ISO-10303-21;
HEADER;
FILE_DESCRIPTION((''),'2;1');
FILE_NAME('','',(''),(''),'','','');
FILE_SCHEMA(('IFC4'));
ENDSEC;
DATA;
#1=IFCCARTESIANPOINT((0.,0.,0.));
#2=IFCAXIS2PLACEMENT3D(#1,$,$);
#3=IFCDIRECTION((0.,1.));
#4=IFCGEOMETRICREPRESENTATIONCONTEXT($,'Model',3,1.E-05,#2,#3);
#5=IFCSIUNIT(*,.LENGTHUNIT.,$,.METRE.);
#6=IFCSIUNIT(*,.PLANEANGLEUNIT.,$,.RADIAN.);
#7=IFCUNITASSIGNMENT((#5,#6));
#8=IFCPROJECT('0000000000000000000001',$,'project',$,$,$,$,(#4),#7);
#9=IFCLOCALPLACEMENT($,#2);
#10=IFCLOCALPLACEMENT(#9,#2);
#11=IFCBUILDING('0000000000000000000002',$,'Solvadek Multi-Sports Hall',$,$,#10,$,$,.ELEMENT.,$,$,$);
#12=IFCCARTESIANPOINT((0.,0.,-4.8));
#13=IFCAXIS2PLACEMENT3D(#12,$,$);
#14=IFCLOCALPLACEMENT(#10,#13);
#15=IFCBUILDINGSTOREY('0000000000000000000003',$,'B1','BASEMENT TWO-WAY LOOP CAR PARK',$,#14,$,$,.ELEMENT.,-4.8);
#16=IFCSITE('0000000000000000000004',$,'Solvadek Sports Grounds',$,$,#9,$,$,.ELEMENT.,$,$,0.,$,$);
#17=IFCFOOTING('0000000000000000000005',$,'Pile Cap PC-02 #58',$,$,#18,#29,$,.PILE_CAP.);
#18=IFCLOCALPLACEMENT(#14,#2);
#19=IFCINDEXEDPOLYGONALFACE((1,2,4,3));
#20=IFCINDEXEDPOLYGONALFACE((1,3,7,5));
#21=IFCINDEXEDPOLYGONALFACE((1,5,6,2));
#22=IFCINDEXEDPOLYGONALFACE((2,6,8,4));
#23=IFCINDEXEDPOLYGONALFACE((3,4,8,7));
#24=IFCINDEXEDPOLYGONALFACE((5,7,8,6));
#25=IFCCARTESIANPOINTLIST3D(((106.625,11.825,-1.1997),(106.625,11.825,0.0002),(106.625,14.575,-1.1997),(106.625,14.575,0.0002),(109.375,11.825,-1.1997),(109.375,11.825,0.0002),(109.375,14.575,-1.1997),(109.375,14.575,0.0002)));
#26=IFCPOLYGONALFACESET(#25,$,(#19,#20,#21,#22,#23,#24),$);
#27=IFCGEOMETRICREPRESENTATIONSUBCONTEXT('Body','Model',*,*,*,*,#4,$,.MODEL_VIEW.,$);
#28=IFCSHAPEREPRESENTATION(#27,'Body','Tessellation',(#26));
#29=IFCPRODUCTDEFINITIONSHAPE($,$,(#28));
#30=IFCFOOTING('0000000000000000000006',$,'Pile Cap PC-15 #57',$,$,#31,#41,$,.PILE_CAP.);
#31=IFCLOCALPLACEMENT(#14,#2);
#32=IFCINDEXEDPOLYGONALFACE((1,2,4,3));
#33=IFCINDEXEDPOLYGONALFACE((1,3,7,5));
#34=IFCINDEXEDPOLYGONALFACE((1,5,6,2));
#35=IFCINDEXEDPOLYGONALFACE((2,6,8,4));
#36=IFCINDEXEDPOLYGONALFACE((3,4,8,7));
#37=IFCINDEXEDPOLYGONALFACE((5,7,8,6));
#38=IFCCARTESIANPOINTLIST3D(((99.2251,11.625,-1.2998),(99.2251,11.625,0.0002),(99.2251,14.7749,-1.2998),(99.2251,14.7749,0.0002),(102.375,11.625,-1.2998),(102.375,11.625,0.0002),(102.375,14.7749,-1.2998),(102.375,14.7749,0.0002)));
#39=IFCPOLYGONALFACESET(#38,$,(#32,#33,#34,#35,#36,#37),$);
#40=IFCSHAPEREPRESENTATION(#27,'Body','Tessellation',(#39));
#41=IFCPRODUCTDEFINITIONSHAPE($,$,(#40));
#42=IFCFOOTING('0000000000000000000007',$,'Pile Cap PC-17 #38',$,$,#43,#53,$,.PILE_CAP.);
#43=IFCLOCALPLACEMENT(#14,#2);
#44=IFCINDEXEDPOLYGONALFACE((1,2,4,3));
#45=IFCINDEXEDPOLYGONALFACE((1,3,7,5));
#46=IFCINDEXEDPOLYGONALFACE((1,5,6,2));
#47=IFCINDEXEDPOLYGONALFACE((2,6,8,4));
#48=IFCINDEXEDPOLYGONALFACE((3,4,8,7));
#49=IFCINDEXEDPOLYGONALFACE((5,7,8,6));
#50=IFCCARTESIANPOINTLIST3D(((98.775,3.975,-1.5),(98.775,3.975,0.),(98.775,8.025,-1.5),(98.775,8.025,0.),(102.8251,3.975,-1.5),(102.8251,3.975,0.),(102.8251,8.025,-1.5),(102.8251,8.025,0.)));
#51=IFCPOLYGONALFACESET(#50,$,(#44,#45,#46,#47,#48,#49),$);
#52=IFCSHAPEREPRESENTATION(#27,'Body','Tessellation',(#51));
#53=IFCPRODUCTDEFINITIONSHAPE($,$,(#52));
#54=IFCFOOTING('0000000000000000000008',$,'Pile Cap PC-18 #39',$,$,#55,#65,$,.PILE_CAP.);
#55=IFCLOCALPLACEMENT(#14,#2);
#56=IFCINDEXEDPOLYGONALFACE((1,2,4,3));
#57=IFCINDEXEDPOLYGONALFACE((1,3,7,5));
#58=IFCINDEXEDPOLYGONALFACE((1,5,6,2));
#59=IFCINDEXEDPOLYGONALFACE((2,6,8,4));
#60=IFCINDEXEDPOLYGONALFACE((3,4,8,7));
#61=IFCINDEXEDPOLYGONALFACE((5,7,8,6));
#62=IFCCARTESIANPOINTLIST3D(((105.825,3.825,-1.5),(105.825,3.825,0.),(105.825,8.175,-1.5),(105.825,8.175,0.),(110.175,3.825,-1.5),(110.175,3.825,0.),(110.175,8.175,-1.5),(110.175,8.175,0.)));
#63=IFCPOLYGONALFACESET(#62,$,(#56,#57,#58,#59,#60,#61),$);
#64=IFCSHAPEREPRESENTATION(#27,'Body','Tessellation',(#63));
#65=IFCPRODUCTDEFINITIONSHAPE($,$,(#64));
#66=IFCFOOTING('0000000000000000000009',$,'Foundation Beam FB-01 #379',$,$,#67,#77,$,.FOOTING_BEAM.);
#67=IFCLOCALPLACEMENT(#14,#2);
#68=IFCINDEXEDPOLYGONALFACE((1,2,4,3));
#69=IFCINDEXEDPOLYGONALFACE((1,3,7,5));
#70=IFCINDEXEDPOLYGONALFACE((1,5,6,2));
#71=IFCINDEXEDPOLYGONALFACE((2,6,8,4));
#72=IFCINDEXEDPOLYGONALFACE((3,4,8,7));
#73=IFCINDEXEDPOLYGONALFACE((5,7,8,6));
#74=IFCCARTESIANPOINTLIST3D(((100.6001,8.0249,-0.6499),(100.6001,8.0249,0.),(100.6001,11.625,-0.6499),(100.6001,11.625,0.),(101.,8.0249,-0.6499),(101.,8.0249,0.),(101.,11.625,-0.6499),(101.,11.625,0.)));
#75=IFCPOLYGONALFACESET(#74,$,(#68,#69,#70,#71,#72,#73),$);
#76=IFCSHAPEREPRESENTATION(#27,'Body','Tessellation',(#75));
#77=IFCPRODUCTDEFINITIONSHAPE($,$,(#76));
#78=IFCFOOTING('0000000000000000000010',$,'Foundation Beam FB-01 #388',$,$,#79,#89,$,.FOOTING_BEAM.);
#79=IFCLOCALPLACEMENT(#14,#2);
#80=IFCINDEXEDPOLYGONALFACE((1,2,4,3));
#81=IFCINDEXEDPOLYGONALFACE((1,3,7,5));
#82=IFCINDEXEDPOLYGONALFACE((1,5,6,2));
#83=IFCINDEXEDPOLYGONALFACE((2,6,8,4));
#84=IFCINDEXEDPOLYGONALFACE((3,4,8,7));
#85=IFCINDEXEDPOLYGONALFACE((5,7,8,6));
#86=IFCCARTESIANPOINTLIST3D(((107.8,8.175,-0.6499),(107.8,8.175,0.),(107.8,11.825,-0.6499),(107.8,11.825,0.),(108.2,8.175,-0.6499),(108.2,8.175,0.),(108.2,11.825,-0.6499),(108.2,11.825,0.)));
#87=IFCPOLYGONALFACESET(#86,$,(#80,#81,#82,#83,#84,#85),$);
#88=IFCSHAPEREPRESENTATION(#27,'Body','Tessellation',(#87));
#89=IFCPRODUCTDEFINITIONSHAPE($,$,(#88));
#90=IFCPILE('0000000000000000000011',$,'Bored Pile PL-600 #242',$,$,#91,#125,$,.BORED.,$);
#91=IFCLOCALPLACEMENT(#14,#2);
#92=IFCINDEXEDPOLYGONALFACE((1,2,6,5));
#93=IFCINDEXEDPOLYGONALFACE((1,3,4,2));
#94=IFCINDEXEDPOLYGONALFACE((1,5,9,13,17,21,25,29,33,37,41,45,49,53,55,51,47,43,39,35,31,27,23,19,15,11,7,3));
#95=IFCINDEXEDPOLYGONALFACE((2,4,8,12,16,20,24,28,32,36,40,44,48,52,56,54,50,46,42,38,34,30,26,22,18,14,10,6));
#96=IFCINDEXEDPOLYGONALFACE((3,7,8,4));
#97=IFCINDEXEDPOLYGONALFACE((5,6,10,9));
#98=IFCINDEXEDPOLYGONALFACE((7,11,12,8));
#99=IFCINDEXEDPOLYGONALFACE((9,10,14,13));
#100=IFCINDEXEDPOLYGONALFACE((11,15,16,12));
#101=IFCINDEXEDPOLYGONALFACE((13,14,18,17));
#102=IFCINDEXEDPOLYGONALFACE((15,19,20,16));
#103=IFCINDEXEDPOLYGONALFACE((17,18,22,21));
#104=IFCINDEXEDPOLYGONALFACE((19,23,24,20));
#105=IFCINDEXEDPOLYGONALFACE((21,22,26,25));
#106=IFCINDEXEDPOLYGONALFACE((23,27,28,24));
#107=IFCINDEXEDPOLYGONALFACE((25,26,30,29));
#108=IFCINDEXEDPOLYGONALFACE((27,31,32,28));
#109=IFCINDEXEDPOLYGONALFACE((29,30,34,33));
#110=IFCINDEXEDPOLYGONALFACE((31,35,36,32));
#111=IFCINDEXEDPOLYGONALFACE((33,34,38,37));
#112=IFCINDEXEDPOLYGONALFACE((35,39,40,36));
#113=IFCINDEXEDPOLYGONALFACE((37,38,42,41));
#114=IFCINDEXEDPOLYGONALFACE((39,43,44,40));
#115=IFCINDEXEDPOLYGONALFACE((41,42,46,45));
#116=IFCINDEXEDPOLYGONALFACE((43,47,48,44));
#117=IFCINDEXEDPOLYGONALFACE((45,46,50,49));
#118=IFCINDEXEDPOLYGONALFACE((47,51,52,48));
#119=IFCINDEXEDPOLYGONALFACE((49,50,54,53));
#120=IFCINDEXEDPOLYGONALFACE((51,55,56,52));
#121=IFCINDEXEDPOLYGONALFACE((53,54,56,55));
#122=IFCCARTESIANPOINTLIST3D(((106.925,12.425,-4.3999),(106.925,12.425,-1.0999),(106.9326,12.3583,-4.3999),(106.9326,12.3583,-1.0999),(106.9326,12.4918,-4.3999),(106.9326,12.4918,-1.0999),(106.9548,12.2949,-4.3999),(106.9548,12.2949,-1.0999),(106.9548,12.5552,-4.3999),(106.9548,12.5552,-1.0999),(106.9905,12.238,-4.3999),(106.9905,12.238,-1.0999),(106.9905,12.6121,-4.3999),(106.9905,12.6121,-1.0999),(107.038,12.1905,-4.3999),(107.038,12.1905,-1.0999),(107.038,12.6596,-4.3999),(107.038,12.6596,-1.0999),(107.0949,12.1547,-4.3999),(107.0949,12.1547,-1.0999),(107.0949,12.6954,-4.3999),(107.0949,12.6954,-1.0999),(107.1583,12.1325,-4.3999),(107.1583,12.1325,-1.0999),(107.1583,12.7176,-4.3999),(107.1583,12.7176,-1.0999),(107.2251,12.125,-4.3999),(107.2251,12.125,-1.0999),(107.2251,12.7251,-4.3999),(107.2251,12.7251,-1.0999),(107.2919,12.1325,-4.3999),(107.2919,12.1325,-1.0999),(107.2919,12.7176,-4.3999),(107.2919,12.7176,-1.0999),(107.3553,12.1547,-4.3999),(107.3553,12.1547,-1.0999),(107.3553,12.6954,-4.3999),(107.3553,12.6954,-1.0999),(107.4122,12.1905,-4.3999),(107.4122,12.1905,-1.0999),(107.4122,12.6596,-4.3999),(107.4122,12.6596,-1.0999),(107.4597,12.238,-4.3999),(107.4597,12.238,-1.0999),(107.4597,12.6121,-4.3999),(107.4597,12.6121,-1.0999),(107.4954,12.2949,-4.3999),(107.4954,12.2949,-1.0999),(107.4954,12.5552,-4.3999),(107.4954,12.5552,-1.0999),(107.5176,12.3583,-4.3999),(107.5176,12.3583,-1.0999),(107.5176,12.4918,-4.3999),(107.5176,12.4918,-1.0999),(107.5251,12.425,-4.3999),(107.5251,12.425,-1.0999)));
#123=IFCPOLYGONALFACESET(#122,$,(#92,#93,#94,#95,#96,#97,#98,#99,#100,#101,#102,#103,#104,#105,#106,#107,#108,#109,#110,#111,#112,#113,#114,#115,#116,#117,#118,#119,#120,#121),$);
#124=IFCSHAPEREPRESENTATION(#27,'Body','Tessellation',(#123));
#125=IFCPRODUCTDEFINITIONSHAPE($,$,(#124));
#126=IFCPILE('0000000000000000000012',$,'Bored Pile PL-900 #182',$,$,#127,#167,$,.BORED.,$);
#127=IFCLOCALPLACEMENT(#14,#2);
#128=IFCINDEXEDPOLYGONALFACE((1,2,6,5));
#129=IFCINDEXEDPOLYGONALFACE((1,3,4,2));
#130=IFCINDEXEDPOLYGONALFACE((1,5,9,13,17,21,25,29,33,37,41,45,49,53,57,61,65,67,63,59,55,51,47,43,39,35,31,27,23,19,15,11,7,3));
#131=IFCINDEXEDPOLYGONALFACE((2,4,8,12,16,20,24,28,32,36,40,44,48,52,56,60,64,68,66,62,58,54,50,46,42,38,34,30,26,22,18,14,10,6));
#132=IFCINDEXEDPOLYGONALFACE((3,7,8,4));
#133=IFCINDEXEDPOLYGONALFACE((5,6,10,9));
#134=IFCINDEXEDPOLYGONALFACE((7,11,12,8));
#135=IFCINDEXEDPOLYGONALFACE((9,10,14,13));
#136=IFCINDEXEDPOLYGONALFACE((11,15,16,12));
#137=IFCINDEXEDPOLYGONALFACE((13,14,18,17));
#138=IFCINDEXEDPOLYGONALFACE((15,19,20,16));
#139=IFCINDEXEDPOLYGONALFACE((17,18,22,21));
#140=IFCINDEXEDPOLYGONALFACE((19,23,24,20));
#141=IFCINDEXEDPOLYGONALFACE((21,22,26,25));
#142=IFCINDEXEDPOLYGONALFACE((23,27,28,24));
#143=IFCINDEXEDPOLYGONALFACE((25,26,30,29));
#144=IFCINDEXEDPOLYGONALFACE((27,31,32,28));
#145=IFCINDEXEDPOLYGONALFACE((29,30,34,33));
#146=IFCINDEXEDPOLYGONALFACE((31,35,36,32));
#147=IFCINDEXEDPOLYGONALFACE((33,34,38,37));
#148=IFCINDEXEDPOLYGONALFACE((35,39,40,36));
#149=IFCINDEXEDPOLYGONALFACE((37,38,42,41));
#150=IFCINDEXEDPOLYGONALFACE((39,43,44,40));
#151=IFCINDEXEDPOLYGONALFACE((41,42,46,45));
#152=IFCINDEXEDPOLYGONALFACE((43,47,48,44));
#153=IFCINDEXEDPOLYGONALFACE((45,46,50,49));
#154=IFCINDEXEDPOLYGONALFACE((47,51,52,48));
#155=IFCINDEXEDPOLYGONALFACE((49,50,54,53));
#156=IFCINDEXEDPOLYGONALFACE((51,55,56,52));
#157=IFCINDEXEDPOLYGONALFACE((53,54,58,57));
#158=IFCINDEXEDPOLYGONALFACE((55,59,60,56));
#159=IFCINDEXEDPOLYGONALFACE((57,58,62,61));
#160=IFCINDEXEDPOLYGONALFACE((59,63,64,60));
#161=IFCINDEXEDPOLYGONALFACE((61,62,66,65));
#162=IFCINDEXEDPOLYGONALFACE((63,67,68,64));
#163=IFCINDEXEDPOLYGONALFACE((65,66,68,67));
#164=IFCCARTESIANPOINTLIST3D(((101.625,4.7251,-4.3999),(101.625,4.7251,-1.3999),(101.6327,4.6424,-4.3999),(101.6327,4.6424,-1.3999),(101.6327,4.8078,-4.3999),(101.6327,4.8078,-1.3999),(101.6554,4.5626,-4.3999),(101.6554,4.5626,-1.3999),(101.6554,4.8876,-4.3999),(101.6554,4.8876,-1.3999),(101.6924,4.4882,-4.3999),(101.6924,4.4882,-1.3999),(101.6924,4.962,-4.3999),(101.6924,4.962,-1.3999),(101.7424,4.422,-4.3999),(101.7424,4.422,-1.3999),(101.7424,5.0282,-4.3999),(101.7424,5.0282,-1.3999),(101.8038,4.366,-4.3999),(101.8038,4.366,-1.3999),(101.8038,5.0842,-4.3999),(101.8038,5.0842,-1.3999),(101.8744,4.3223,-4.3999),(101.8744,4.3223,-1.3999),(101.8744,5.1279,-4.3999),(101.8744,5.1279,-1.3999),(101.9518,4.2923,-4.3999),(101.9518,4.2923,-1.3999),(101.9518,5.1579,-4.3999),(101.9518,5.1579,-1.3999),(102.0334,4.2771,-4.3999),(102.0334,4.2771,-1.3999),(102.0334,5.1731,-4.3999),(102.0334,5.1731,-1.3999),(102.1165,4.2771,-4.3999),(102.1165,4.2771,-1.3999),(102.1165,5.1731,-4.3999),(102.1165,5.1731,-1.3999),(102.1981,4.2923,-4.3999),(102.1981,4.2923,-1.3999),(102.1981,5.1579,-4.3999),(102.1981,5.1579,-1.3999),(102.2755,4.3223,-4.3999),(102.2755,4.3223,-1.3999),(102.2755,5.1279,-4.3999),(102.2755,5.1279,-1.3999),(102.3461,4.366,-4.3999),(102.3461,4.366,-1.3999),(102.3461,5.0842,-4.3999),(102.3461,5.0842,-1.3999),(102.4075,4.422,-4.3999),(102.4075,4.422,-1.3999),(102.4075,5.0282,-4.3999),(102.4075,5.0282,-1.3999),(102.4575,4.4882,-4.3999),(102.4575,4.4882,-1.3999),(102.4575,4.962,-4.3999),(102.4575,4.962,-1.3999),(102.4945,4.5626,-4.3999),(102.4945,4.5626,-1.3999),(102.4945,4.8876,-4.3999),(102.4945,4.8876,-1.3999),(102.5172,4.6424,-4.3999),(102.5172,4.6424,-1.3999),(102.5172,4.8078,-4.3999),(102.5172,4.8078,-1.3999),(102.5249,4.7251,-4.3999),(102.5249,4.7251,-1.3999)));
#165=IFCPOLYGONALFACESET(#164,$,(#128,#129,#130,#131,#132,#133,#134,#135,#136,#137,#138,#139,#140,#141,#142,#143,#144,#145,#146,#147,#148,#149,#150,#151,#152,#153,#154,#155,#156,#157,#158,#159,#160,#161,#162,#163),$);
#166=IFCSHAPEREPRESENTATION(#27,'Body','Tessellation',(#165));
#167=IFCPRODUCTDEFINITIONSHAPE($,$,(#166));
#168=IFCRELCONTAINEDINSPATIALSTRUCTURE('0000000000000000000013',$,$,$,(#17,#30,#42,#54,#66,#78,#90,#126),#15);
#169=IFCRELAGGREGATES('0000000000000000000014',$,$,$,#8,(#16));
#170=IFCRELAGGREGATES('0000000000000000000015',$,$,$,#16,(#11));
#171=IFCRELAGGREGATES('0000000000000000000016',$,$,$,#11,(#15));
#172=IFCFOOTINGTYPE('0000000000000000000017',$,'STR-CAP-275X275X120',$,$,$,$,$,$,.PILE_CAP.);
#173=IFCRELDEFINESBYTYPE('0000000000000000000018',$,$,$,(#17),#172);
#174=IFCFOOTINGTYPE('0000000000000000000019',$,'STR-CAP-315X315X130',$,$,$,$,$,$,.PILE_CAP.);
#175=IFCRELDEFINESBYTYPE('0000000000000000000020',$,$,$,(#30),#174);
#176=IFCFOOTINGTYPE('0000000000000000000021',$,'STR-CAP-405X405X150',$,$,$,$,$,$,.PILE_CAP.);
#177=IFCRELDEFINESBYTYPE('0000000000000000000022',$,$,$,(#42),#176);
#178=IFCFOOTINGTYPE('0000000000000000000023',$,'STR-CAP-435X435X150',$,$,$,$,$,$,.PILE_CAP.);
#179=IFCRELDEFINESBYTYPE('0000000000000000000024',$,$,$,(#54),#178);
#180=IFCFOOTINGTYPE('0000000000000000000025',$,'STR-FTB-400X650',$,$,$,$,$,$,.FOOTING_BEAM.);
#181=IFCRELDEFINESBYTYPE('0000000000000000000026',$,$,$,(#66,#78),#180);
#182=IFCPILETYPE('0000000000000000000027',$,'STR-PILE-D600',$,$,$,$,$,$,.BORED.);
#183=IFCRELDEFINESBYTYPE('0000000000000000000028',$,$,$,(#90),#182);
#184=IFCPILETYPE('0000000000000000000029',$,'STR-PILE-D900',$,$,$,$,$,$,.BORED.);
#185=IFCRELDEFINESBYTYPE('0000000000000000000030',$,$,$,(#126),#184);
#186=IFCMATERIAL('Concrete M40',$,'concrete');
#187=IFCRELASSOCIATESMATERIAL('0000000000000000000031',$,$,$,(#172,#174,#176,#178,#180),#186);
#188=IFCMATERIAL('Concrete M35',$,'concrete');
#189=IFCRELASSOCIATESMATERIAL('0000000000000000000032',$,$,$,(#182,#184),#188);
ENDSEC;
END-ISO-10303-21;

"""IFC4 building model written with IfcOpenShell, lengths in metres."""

from ifc_helpers import new_model, si_unit, direction, frame, origin, origin_2d, place, context, subcontext, project, spatial, rectangle, circle, extrude, material, material_profile, profile_set, type_object, element, save


model = new_model("IFC4")

# Units and contexts
model_context = context("Model", 3, precision=1e-05, world=origin(), true_north=direction((0.0, 1.0)))
body_context = subcontext(model_context, "Body", "Model", "MODEL_VIEW")
ifc_project = project(units=[si_unit("LENGTHUNIT", "METRE"), si_unit("PLANEANGLEUNIT", "RADIAN")], contexts=[model_context])

# Site, building, storey
site_placement = place(None, origin())
site = spatial("IfcSite", under=ifc_project, at=site_placement, Name="Solvadek Sports Grounds", CompositionType="ELEMENT", RefElevation=0.0)
building_placement = place(site_placement, origin())
building = spatial("IfcBuilding", under=site, at=building_placement, Name="Solvadek Multi-Sports Hall", CompositionType="ELEMENT")
storey_placement = place(building_placement, frame((0.0, 0.0, -4.8)))
storey = spatial("IfcBuildingStorey", under=building, at=storey_placement, Name="B1", Description="BASEMENT TWO-WAY LOOP CAR PARK", CompositionType="ELEMENT", Elevation=-4.8)

# Footings
ifc_material_1 = material(Name="Concrete M40", Category="concrete")
footing_type_1 = type_object("IfcFootingType", Name="STR-CAP-275X275X120", PredefinedType="PILE_CAP", material=ifc_material_1)
footing_1_placement = place(storey_placement, frame((108.0, 13.2, -1.1997), z_axis=(0.0, 0.0, 1.0), x_axis=(1.0, 0.0, 0.0)))
element("IfcFooting", 1, at=footing_1_placement, inside=storey, type_object=footing_type_1, Name="Pile Cap PC-02 #58", PredefinedType="PILE_CAP", context=body_context, shape_type="SweptSolid", body=[
    extrude(rectangle(XDim=2.75, YDim=2.75, at=origin_2d()), origin(), (0.0, 0.0, 1.0), 1.2),
])
footing_type_2 = type_object("IfcFootingType", Name="STR-CAP-315X315X130", PredefinedType="PILE_CAP", material=ifc_material_1)
footing_2_placement = place(storey_placement, frame((100.8, 13.2, -1.2998), z_axis=(0.0, 0.0, 1.0), x_axis=(1.0, 0.0, 0.0)))
element("IfcFooting", 2, at=footing_2_placement, inside=storey, type_object=footing_type_2, Name="Pile Cap PC-15 #57", PredefinedType="PILE_CAP", context=body_context, shape_type="SweptSolid", body=[
    extrude(rectangle(XDim=3.1499, YDim=3.1499, at=origin_2d()), origin(), (0.0, 0.0, 1.0), 1.3),
])
footing_type_3 = type_object("IfcFootingType", Name="STR-CAP-405X405X150", PredefinedType="PILE_CAP", material=ifc_material_1)
footing_3_placement = place(storey_placement, frame((100.8, 6.0, -1.5), z_axis=(0.0, 0.0, 1.0), x_axis=(1.0, 0.0, 0.0)))
element("IfcFooting", 3, at=footing_3_placement, inside=storey, type_object=footing_type_3, Name="Pile Cap PC-17 #38", PredefinedType="PILE_CAP", context=body_context, shape_type="SweptSolid", body=[
    extrude(rectangle(XDim=4.05, YDim=4.05, at=origin_2d()), origin(), (0.0, 0.0, 1.0), 1.5),
])
footing_type_4 = type_object("IfcFootingType", Name="STR-CAP-435X435X150", PredefinedType="PILE_CAP", material=ifc_material_1)
footing_4_placement = place(storey_placement, frame((108.0, 6.0, -1.5), z_axis=(0.0, 0.0, 1.0), x_axis=(1.0, 0.0, 0.0)))
element("IfcFooting", 4, at=footing_4_placement, inside=storey, type_object=footing_type_4, Name="Pile Cap PC-18 #39", PredefinedType="PILE_CAP", context=body_context, shape_type="SweptSolid", body=[
    extrude(rectangle(XDim=4.3501, YDim=4.3501, at=origin_2d()), origin(), (0.0, 0.0, 1.0), 1.5),
])
footing_type_5 = type_object("IfcFootingType", Name="STR-FTB-400X650", PredefinedType="FOOTING_BEAM", material=ifc_material_1)
footing_5_placement = place(storey_placement, frame((100.8, 9.825, -0.6499), z_axis=(0.0, 0.0, 1.0), x_axis=(0.0, 1.0, 0.0)))
element("IfcFooting", 5, at=footing_5_placement, inside=storey, type_object=footing_type_5, Name="Foundation Beam FB-01 #379", PredefinedType="FOOTING_BEAM", context=body_context, shape_type="SweptSolid", body=[
    extrude(rectangle(XDim=3.6001, YDim=0.3999, at=origin_2d()), origin(), (0.0, 0.0, 1.0), 0.6499),
])
footing_6_placement = place(storey_placement, frame((108.0, 10.0, -0.6499), z_axis=(0.0, 0.0, 1.0), x_axis=(0.0, 1.0, 0.0)))
element("IfcFooting", 6, at=footing_6_placement, inside=storey, type_object=footing_type_5, Name="Foundation Beam FB-01 #388", PredefinedType="FOOTING_BEAM", context=body_context, shape_type="SweptSolid", body=[
    extrude(rectangle(XDim=3.6499, YDim=0.3999, at=origin_2d()), origin(), (0.0, 0.0, 1.0), 0.6499),
])

# Piles
ifc_material_2 = material(Name="Concrete M35", Category="concrete")
ifc_material_profile_1 = material_profile(ifc_material_2, circle(Radius=0.3, at=origin_2d()), Name="BORED PILE D600")
ifc_profile_set_1 = profile_set([ifc_material_profile_1], Name="Concrete M35")
pile_type_1 = type_object("IfcPileType", Name="STR-PILE-D600", PredefinedType="BORED", material=ifc_profile_set_1)
pile_placement = place(storey_placement, frame((107.2251, 12.425, -1.0999), z_axis=(0.0, 0.0, -1.0), x_axis=(1.0, 0.0, 0.0)))
element("IfcPile", 7, at=pile_placement, inside=storey, type_object=pile_type_1, Name="Bored Pile PL-600 #242", PredefinedType="BORED", context=body_context, shape_type="SweptSolid", body=[
    extrude(circle(Radius=0.3, at=origin_2d()), origin(), (0.0, 0.0, 1.0), 3.3),
])
ifc_material_profile_2 = material_profile(ifc_material_2, circle(Radius=0.45, at=origin_2d()), Name="BORED PILE D900")
ifc_profile_set_2 = profile_set([ifc_material_profile_2], Name="Concrete M35")
pile_type_2 = type_object("IfcPileType", Name="STR-PILE-D900", PredefinedType="BORED", material=ifc_profile_set_2)
for number, where, z_axis, x_axis, name in (
    (8, (102.075, 4.7251, -1.3999), (0.0, 0.0, -1.0), (1.0, 0.0, 0.0), "Bored Pile PL-900 #182"),
):
    element("IfcPile", number, at=place(storey_placement, frame(where, z_axis=z_axis, x_axis=x_axis)), inside=storey, type_object=pile_type_2, Name=name, PredefinedType="BORED", context=body_context, shape_type="SweptSolid", body=[
        extrude(circle(Radius=0.45, at=origin_2d()), origin(), (0.0, 0.0, 1.0), 3.0),
    ])

save(model, "model.ifc")
